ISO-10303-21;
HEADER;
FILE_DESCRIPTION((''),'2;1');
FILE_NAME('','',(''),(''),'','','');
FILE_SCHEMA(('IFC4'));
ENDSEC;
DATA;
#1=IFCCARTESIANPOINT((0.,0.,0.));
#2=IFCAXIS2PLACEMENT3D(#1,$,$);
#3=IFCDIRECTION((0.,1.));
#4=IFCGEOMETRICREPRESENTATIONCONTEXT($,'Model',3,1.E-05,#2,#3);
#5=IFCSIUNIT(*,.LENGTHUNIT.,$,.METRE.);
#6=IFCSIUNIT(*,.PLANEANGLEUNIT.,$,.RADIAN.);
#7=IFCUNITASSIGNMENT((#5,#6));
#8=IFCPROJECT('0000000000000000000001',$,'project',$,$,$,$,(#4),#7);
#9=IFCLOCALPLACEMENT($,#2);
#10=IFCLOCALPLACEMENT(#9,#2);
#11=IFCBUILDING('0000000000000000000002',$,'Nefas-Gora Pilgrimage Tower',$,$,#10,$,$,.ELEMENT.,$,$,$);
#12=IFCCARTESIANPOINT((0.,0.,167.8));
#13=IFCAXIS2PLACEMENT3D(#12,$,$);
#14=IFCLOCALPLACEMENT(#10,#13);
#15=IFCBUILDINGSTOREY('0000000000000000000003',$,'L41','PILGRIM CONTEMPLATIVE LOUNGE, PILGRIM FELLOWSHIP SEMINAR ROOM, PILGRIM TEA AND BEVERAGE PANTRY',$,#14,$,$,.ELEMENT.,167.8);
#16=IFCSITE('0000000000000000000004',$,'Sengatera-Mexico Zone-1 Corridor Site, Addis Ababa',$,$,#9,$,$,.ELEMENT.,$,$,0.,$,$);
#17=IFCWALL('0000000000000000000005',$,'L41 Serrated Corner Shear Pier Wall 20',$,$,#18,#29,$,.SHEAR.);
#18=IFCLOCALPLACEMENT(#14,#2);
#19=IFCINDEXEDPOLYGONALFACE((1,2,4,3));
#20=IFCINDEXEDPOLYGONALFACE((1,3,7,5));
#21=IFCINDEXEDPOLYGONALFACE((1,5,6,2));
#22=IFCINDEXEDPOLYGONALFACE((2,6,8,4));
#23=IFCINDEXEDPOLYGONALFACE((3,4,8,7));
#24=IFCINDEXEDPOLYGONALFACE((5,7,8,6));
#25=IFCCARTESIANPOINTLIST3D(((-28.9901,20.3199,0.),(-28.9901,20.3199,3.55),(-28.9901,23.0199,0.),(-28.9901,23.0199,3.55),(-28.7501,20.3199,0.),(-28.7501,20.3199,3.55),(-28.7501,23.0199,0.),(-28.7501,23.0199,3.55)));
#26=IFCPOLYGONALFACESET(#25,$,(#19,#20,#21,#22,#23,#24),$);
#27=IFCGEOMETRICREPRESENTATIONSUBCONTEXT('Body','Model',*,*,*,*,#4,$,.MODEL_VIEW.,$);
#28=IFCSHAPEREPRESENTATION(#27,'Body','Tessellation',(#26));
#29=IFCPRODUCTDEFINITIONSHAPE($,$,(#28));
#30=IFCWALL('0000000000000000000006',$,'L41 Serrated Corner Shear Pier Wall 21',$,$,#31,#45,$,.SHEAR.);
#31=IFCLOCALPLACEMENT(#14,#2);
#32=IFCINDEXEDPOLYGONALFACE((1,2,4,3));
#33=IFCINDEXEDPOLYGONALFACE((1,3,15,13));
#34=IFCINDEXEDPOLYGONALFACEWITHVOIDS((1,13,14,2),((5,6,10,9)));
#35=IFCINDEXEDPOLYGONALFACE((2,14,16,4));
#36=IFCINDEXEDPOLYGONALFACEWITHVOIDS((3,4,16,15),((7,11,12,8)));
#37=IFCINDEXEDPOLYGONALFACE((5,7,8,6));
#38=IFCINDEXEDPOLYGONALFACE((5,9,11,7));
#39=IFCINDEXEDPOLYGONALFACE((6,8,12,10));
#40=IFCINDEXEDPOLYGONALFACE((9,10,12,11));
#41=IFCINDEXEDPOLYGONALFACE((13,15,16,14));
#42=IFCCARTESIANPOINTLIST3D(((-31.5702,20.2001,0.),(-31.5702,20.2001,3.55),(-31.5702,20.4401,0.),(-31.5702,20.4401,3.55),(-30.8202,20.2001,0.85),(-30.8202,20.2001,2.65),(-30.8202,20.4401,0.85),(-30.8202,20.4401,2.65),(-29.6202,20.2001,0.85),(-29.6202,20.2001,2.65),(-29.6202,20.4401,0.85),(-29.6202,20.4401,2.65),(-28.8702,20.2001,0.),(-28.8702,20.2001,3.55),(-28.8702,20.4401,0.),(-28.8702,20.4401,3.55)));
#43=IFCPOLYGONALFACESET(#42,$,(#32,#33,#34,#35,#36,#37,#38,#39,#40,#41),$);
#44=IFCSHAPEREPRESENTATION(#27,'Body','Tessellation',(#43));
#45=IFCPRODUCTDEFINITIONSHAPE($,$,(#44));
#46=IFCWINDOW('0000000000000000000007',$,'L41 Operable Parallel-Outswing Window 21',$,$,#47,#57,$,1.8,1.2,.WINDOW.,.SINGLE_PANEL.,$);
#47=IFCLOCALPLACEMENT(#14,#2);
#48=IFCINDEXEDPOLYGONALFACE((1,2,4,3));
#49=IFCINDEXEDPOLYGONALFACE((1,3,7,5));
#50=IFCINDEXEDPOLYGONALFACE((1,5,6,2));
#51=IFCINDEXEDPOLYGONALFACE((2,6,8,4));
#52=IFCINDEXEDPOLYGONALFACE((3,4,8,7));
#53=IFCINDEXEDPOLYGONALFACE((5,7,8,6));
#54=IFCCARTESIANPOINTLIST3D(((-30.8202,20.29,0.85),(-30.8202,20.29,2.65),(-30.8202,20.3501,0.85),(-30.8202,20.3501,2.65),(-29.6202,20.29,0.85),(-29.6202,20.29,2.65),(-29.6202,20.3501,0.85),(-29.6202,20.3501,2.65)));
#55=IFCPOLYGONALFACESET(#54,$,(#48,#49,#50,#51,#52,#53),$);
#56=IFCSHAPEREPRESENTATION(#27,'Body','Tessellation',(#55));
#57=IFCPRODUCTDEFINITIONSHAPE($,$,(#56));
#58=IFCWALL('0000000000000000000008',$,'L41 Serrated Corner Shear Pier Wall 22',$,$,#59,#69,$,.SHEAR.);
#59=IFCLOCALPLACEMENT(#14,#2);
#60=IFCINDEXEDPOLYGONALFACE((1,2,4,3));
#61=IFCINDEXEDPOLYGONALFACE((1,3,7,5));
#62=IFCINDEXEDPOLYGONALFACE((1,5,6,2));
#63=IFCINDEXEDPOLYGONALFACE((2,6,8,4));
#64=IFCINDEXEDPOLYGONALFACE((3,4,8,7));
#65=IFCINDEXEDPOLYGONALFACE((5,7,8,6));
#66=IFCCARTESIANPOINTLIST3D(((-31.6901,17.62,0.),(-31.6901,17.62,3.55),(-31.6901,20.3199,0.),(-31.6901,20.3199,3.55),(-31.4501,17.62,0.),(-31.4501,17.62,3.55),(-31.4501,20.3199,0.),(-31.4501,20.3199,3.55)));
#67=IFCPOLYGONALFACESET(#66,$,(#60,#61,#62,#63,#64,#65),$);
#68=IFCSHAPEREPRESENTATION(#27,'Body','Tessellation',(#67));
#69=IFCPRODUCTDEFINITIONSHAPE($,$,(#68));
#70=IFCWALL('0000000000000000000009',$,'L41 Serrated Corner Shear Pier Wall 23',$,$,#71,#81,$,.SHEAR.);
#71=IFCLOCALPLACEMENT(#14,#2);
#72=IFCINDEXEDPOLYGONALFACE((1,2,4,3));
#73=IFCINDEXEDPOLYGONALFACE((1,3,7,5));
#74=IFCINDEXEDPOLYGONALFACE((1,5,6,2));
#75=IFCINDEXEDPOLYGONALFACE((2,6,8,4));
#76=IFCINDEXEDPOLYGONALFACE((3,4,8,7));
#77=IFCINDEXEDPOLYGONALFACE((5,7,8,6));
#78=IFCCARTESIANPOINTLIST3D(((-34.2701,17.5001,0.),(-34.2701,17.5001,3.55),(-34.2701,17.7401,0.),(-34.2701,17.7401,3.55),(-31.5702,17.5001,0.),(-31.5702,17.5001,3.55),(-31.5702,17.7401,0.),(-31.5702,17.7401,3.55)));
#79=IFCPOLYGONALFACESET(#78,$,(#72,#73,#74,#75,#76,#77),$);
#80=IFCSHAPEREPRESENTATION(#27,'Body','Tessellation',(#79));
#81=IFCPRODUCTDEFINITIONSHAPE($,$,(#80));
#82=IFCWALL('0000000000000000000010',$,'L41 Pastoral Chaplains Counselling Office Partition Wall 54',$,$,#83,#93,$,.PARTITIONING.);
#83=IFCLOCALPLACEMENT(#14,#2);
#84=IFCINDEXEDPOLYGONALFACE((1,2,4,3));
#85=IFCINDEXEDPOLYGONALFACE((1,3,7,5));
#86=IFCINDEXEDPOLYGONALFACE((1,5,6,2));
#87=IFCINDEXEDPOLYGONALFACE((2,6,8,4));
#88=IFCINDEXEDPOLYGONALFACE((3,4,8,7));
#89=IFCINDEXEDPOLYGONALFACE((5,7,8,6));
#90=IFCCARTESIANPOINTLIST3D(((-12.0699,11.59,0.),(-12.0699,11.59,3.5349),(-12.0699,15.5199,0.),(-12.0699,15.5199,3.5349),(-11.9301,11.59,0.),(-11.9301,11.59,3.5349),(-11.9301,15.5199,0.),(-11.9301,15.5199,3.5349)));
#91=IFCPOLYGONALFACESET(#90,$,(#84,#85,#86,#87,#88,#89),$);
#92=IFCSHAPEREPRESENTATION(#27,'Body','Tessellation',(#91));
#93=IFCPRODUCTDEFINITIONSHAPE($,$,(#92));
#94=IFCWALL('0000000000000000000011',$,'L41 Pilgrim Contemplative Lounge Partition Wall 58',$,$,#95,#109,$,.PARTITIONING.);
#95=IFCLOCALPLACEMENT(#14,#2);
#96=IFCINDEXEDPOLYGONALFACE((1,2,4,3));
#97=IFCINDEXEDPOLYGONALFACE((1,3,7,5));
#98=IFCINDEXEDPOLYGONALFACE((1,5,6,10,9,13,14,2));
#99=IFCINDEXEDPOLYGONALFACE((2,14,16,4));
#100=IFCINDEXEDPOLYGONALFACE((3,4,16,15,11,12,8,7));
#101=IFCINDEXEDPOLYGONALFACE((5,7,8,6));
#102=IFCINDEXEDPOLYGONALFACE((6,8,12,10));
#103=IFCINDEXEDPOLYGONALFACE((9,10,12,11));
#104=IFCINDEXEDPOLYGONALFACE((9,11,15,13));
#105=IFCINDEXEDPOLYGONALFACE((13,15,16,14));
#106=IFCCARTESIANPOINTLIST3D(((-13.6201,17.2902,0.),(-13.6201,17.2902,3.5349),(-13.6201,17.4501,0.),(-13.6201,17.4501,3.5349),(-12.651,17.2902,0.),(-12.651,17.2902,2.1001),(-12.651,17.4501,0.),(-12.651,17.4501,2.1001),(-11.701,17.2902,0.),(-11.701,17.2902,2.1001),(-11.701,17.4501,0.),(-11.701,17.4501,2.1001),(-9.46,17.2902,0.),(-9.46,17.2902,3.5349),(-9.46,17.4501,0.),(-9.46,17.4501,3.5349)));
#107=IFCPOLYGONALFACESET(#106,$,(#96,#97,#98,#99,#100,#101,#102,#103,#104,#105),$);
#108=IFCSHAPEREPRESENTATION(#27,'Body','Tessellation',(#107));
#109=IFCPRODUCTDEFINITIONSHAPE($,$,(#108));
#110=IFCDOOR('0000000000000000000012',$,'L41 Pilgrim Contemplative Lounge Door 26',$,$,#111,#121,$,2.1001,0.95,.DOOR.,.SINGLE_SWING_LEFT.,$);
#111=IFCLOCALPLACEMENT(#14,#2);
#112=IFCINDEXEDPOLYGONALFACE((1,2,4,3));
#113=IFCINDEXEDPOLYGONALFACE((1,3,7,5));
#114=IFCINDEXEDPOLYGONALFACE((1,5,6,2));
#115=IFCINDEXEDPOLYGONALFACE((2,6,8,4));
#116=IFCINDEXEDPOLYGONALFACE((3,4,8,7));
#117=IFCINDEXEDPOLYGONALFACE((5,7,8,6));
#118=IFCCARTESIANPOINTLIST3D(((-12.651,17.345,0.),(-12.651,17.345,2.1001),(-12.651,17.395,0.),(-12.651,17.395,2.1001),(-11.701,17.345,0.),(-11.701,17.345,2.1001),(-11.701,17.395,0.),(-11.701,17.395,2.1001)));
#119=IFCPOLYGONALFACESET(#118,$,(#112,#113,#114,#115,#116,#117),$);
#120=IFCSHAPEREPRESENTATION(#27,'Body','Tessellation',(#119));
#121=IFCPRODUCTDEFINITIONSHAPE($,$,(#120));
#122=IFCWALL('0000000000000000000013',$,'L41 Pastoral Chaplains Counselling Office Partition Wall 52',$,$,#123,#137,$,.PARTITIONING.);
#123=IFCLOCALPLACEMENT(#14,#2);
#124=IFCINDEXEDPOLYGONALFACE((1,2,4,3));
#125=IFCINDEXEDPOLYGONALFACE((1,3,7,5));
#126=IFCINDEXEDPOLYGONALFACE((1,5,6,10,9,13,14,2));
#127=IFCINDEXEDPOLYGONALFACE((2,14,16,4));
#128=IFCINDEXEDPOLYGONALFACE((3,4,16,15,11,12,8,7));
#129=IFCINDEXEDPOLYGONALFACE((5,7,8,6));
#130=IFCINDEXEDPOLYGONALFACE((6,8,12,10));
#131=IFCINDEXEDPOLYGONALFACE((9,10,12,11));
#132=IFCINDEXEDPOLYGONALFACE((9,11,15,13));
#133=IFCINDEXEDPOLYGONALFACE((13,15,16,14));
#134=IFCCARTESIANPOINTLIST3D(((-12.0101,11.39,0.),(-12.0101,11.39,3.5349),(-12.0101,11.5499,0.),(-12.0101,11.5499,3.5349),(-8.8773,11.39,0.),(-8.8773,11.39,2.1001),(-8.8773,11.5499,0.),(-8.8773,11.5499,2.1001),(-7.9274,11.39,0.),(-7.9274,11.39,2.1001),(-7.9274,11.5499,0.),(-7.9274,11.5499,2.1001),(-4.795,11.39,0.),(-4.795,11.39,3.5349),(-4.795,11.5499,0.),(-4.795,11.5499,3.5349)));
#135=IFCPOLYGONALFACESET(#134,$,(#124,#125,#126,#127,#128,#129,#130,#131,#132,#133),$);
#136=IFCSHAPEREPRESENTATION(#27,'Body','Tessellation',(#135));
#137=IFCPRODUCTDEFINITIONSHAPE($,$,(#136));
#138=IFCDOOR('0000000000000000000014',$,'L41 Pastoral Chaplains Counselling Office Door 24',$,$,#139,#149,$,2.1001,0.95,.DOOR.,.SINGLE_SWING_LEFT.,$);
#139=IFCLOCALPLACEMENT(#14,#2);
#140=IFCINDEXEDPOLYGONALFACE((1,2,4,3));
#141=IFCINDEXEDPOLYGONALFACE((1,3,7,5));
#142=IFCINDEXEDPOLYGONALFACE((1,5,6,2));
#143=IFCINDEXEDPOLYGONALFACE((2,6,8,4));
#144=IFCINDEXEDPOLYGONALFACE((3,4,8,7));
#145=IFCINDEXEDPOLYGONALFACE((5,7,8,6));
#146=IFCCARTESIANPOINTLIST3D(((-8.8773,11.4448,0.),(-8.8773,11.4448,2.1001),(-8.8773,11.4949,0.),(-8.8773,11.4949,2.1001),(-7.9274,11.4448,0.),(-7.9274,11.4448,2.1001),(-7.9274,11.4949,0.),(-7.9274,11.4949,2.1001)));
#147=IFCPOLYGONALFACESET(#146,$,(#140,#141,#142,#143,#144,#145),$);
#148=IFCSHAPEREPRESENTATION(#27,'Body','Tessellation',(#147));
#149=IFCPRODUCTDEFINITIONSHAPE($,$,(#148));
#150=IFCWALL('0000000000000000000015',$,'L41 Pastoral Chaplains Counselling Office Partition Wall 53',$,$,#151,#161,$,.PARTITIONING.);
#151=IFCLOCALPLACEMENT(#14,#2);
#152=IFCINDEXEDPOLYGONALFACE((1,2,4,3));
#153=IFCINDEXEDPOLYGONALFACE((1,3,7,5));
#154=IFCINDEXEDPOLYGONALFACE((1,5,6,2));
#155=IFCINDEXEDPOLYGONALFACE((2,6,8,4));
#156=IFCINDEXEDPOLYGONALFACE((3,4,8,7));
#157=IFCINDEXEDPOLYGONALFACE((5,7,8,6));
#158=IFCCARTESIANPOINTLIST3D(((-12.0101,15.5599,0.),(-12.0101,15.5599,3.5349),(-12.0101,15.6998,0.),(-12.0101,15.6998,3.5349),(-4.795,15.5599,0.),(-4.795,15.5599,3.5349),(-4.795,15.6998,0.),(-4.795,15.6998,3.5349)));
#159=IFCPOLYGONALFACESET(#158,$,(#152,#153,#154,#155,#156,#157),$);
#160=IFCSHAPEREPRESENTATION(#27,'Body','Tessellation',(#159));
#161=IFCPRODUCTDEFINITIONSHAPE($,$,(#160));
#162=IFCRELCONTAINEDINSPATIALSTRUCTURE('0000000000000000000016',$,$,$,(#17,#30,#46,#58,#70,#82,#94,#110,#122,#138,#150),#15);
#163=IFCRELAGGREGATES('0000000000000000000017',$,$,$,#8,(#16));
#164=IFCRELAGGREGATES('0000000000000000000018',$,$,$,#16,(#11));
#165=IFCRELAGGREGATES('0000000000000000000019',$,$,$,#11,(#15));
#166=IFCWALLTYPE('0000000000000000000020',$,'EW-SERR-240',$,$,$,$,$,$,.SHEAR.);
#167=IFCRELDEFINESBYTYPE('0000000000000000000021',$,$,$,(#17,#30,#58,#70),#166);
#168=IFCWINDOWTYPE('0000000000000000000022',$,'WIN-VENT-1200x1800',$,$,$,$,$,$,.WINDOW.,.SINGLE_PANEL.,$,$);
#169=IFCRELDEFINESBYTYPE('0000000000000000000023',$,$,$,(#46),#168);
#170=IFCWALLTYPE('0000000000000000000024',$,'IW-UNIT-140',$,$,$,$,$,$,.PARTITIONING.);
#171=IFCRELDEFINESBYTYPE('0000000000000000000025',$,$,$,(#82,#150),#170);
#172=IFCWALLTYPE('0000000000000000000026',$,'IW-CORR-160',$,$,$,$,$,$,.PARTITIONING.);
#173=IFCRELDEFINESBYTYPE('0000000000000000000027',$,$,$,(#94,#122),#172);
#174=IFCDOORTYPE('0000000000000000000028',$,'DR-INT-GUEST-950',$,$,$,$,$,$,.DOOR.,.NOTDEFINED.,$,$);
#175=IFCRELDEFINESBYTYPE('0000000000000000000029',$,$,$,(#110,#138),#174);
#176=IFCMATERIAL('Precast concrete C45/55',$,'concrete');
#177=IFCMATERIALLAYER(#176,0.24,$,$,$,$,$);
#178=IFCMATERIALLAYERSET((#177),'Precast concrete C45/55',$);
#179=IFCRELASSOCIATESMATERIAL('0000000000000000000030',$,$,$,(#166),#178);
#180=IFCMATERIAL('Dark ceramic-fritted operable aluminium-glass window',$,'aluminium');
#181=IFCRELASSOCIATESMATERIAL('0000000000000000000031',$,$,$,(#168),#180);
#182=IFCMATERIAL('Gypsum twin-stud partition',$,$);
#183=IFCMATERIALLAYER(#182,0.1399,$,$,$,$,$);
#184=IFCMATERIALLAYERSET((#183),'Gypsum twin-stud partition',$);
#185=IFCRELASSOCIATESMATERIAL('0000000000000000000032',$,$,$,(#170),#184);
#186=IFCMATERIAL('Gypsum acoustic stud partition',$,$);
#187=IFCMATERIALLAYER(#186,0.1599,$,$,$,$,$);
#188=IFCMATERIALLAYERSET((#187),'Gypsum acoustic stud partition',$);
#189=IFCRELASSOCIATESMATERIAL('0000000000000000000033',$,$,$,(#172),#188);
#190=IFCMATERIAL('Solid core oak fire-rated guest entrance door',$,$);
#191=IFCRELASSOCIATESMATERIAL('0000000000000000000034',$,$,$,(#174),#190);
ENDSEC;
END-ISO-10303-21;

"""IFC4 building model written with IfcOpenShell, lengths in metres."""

from ifc_helpers import new_model, si_unit, direction, frame, frame_2d, origin, place, context, subcontext, project, spatial, rectangle, extrude, source, transform, mapped, material, layer, layer_set, type_object, element, fill, save


model = new_model("IFC4")

# Units and contexts
model_context = context("Model", 3, precision=1e-05, world=origin(), true_north=direction((0.0, 1.0)))
body_context = subcontext(model_context, "Body", "Model", "MODEL_VIEW")
ifc_project = project(units=[si_unit("LENGTHUNIT", "METRE"), si_unit("PLANEANGLEUNIT", "RADIAN")], contexts=[model_context])

# Site, building, storey
site_placement = place(None, origin())
site = spatial("IfcSite", under=ifc_project, at=site_placement, Name="Sengatera-Mexico Zone-1 Corridor Site, Addis Ababa", CompositionType="ELEMENT", RefElevation=0.0)
building_placement = place(site_placement, origin())
building = spatial("IfcBuilding", under=site, at=building_placement, Name="Nefas-Gora Pilgrimage Tower", CompositionType="ELEMENT")
storey_placement = place(building_placement, frame((0.0, 0.0, 167.8)))
storey = spatial("IfcBuildingStorey", under=building, at=storey_placement, Name="L41", Description="PILGRIM CONTEMPLATIVE LOUNGE, PILGRIM FELLOWSHIP SEMINAR ROOM, PILGRIM TEA AND BEVERAGE PANTRY", CompositionType="ELEMENT", Elevation=167.8)

# Wall
ifc_material_1 = material(Name="Precast concrete C45/55", Category="concrete")
ifc_layer_1 = layer(ifc_material_1, 0.24)
ifc_layer_set_1 = layer_set([ifc_layer_1], Name="Precast concrete C45/55")
wall_type_1 = type_object("IfcWallType", Name="EW-SERR-240", PredefinedType="SHEAR", material=ifc_layer_set_1)
shared_shape_1 = source(origin(), body_context, "Body", "SweptSolid", [
    extrude(rectangle(XDim=2.7, YDim=0.24, at=frame_2d((1.3501, 0.0))), origin(), (0.0, 0.0, 1.0), 3.55),
])
wall_1_placement = place(storey_placement, frame((-28.8701, 23.02, 0.0), z_axis=(0.0, 0.0, 1.0), x_axis=(0.0, -1.0, 0.0)))
element("IfcWall", 1, at=wall_1_placement, inside=storey, type_object=wall_type_1, Name="L41 Serrated Corner Shear Pier Wall 20", PredefinedType="SHEAR", context=body_context, shape_type="MappedRepresentation", body=[
    mapped(shared_shape_1, transform((0.0, 0.0, 0.0), x_axis=(1.0, 0.0, 0.0), y_axis=(0.0, 1.0, 0.0), z_axis=(0.0, 0.0, 1.0), scale=1.0)),
])

# Wall, opening, window
wall_2_placement = place(storey_placement, frame((-28.8701, 20.3201, 0.0), z_axis=(0.0, 0.0, 1.0), x_axis=(-1.0, 0.0, 0.0)))
wall_2 = element("IfcWall", 2, at=wall_2_placement, inside=storey, type_object=wall_type_1, Name="L41 Serrated Corner Shear Pier Wall 21", PredefinedType="SHEAR", context=body_context, shape_type="MappedRepresentation", body=[
    mapped(shared_shape_1, transform((0.0, 0.0, 0.0), x_axis=(1.0, 0.0, 0.0), y_axis=(0.0, 1.0, 0.0), z_axis=(0.0, 0.0, 1.0), scale=1.0)),
])
opening_1_placement = place(wall_2_placement, frame((0.75, 0.0, 0.8501)))
opening_1 = element("IfcOpeningElement", 3, at=opening_1_placement, cuts=wall_2, PredefinedType="OPENING", context=body_context, shape_type="SweptSolid", body=[
    extrude(rectangle(XDim=1.2, YDim=1.8, at=frame_2d((0.6001, 0.8999))), frame((0.0, 0.1299, 0.0), z_axis=(0.0, -1.0, 0.0), x_axis=(1.0, 0.0, 0.0)), (0.0, 0.0, 1.0), 0.26),
])
ifc_material_2 = material(Name="Dark ceramic-fritted operable aluminium-glass window", Category="aluminium")
window_type = type_object("IfcWindowType", Name="WIN-VENT-1200x1800", PartitioningType="SINGLE_PANEL", PredefinedType="WINDOW", material=ifc_material_2)
shared_shape_2 = source(origin(), body_context, "Body", "SweptSolid", [
    extrude(rectangle(XDim=1.2, YDim=1.8, at=frame_2d((0.6001, 0.8999))), frame((0.0, 0.03, 0.0), z_axis=(0.0, -1.0, 0.0), x_axis=(1.0, 0.0, 0.0)), (0.0, 0.0, 1.0), 0.0601),
])
window_placement = place(opening_1_placement, origin())
window = element("IfcWindow", 4, at=window_placement, inside=storey, type_object=window_type, Name="L41 Operable Parallel-Outswing Window 21", OverallHeight=1.8, OverallWidth=1.2, PartitioningType="SINGLE_PANEL", PredefinedType="WINDOW", context=body_context, shape_type="MappedRepresentation", body=[
    mapped(shared_shape_2, transform((0.0, 0.0, 0.0), x_axis=(1.0, 0.0, 0.0), y_axis=(0.0, 1.0, 0.0), z_axis=(0.0, 0.0, 1.0), scale=1.0)),
])
fill(opening_1, window)

# Walls
for number, where, z_axis, x_axis, name in (
    (5, (-31.5701, 20.3201, 0.0), (0.0, 0.0, 1.0), (0.0, -1.0, 0.0), "L41 Serrated Corner Shear Pier Wall 22"),
    (6, (-31.5701, 17.6201, 0.0), (0.0, 0.0, 1.0), (-1.0, 0.0, 0.0), "L41 Serrated Corner Shear Pier Wall 23"),
):
    element("IfcWall", number, at=place(storey_placement, frame(where, z_axis=z_axis, x_axis=x_axis)), inside=storey, type_object=wall_type_1, Name=name, PredefinedType="SHEAR", context=body_context, shape_type="MappedRepresentation", body=[
        mapped(shared_shape_1, transform((0.0, 0.0, 0.0), x_axis=(1.0, 0.0, 0.0), y_axis=(0.0, 1.0, 0.0), z_axis=(0.0, 0.0, 1.0), scale=1.0)),
    ])
ifc_material_3 = material(Name="Gypsum twin-stud partition")
ifc_layer_2 = layer(ifc_material_3, 0.1399)
ifc_layer_set_2 = layer_set([ifc_layer_2], Name="Gypsum twin-stud partition")
wall_type_2 = type_object("IfcWallType", Name="IW-UNIT-140", PredefinedType="PARTITIONING", material=ifc_layer_set_2)
shared_shape_3 = source(origin(), body_context, "Body", "SweptSolid", [
    extrude(rectangle(XDim=3.9299, YDim=0.1399, at=frame_2d((1.9648, 0.0))), origin(), (0.0, 0.0, 1.0), 3.5349),
])
wall_3_placement = place(storey_placement, frame((-12.0, 11.5901, 0.0), z_axis=(0.0, 0.0, 1.0), x_axis=(0.0, 1.0, 0.0)))
element("IfcWall", 7, at=wall_3_placement, inside=storey, type_object=wall_type_2, Name="L41 Pastoral Chaplains Counselling Office Partition Wall 54", PredefinedType="PARTITIONING", context=body_context, shape_type="MappedRepresentation", body=[
    mapped(shared_shape_3, transform((0.0, 0.0, 0.0), x_axis=(1.0, 0.0, 0.0), y_axis=(0.0, 1.0, 0.0), z_axis=(0.0, 0.0, 1.0), scale=1.0)),
])

# Walls, openings, doors
ifc_material_4 = material(Name="Gypsum acoustic stud partition")
ifc_layer_3 = layer(ifc_material_4, 0.1599)
ifc_layer_set_3 = layer_set([ifc_layer_3], Name="Gypsum acoustic stud partition")
wall_type_3 = type_object("IfcWallType", Name="IW-CORR-160", PredefinedType="PARTITIONING", material=ifc_layer_set_3)
shared_shape_4 = source(origin(), body_context, "Body", "SweptSolid", [
    extrude(rectangle(XDim=4.1602, YDim=0.1599, at=frame_2d((2.0801, 0.0))), origin(), (0.0, 0.0, 1.0), 3.5349),
])
wall_4_placement = place(storey_placement, frame((-13.6201, 17.3701, 0.0), z_axis=(0.0, 0.0, 1.0), x_axis=(1.0, 0.0, 0.0)))
wall_4 = element("IfcWall", 8, at=wall_4_placement, inside=storey, type_object=wall_type_3, Name="L41 Pilgrim Contemplative Lounge Partition Wall 58", PredefinedType="PARTITIONING", context=body_context, shape_type="MappedRepresentation", body=[
    mapped(shared_shape_4, transform((0.0, 0.0, 0.0), x_axis=(1.0, 0.0, 0.0), y_axis=(0.0, 1.0, 0.0), z_axis=(0.0, 0.0, 1.0), scale=1.0)),
])
opening_2_placement = place(wall_4_placement, frame((0.969, 0.0, 0.0)))
opening_2 = element("IfcOpeningElement", 9, at=opening_2_placement, cuts=wall_4, PredefinedType="OPENING", context=body_context, shape_type="SweptSolid", body=[
    extrude(rectangle(XDim=0.95, YDim=2.1001, at=frame_2d((0.4751, 1.05))), frame((0.0, 0.0898, 0.0), z_axis=(0.0, -1.0, 0.0), x_axis=(1.0, 0.0, 0.0)), (0.0, 0.0, 1.0), 0.1799),
])
ifc_material_5 = material(Name="Solid core oak fire-rated guest entrance door")
door_type = type_object("IfcDoorType", Name="DR-INT-GUEST-950", OperationType="NOTDEFINED", PredefinedType="DOOR", material=ifc_material_5)
shared_shape_5 = source(origin(), body_context, "Body", "SweptSolid", [
    extrude(rectangle(XDim=0.95, YDim=2.1001, at=frame_2d((0.4751, 1.05))), frame((0.0, 0.0249, 0.0), z_axis=(0.0, -1.0, 0.0), x_axis=(1.0, 0.0, 0.0)), (0.0, 0.0, 1.0), 0.05),
])
door_1_placement = place(opening_2_placement, origin())
door_1 = element("IfcDoor", 10, at=door_1_placement, inside=storey, type_object=door_type, Name="L41 Pilgrim Contemplative Lounge Door 26", OperationType="SINGLE_SWING_LEFT", OverallHeight=2.1001, OverallWidth=0.95, PredefinedType="DOOR", context=body_context, shape_type="MappedRepresentation", body=[
    mapped(shared_shape_5, transform((0.0, 0.0, 0.0), x_axis=(1.0, 0.0, 0.0), y_axis=(0.0, 1.0, 0.0), z_axis=(0.0, 0.0, 1.0), scale=1.0)),
])
fill(opening_2, door_1)
shared_shape_6 = source(origin(), body_context, "Body", "SweptSolid", [
    extrude(rectangle(XDim=7.2151, YDim=0.1599, at=frame_2d((3.6074, 0.0))), origin(), (0.0, 0.0, 1.0), 3.5349),
])
wall_5_placement = place(storey_placement, frame((-12.01, 11.47, 0.0), z_axis=(0.0, 0.0, 1.0), x_axis=(1.0, 0.0, 0.0)))
wall_5 = element("IfcWall", 11, at=wall_5_placement, inside=storey, type_object=wall_type_3, Name="L41 Pastoral Chaplains Counselling Office Partition Wall 52", PredefinedType="PARTITIONING", context=body_context, shape_type="MappedRepresentation", body=[
    mapped(shared_shape_6, transform((0.0, 0.0, 0.0), x_axis=(1.0, 0.0, 0.0), y_axis=(0.0, 1.0, 0.0), z_axis=(0.0, 0.0, 1.0), scale=1.0)),
])
opening_3_placement = place(wall_5_placement, frame((3.1326, 0.0, 0.0)))
opening_3 = element("IfcOpeningElement", 12, at=opening_3_placement, cuts=wall_5, PredefinedType="OPENING", context=body_context, shape_type="SweptSolid", body=[
    extrude(rectangle(XDim=0.95, YDim=2.1001, at=frame_2d((0.4751, 1.05))), frame((0.0, 0.0898, 0.0), z_axis=(0.0, -1.0, 0.0), x_axis=(1.0, 0.0, 0.0)), (0.0, 0.0, 1.0), 0.1799),
])
door_2_placement = place(opening_3_placement, origin())
door_2 = element("IfcDoor", 13, at=door_2_placement, inside=storey, type_object=door_type, Name="L41 Pastoral Chaplains Counselling Office Door 24", OperationType="SINGLE_SWING_LEFT", OverallHeight=2.1001, OverallWidth=0.95, PredefinedType="DOOR", context=body_context, shape_type="MappedRepresentation", body=[
    mapped(shared_shape_5, transform((0.0, 0.0, 0.0), x_axis=(1.0, 0.0, 0.0), y_axis=(0.0, 1.0, 0.0), z_axis=(0.0, 0.0, 1.0), scale=1.0)),
])
fill(opening_3, door_2)

# Wall
shared_shape_7 = source(origin(), body_context, "Body", "SweptSolid", [
    extrude(rectangle(XDim=7.2151, YDim=0.1399, at=frame_2d((3.6074, 0.0))), origin(), (0.0, 0.0, 1.0), 3.5349),
])
wall_6_placement = place(storey_placement, frame((-12.01, 15.6299, 0.0), z_axis=(0.0, 0.0, 1.0), x_axis=(1.0, 0.0, 0.0)))
element("IfcWall", 14, at=wall_6_placement, inside=storey, type_object=wall_type_2, Name="L41 Pastoral Chaplains Counselling Office Partition Wall 53", PredefinedType="PARTITIONING", context=body_context, shape_type="MappedRepresentation", body=[
    mapped(shared_shape_7, transform((0.0, 0.0, 0.0), x_axis=(1.0, 0.0, 0.0), y_axis=(0.0, 1.0, 0.0), z_axis=(0.0, 0.0, 1.0), scale=1.0)),
])

save(model, "model.ifc")
